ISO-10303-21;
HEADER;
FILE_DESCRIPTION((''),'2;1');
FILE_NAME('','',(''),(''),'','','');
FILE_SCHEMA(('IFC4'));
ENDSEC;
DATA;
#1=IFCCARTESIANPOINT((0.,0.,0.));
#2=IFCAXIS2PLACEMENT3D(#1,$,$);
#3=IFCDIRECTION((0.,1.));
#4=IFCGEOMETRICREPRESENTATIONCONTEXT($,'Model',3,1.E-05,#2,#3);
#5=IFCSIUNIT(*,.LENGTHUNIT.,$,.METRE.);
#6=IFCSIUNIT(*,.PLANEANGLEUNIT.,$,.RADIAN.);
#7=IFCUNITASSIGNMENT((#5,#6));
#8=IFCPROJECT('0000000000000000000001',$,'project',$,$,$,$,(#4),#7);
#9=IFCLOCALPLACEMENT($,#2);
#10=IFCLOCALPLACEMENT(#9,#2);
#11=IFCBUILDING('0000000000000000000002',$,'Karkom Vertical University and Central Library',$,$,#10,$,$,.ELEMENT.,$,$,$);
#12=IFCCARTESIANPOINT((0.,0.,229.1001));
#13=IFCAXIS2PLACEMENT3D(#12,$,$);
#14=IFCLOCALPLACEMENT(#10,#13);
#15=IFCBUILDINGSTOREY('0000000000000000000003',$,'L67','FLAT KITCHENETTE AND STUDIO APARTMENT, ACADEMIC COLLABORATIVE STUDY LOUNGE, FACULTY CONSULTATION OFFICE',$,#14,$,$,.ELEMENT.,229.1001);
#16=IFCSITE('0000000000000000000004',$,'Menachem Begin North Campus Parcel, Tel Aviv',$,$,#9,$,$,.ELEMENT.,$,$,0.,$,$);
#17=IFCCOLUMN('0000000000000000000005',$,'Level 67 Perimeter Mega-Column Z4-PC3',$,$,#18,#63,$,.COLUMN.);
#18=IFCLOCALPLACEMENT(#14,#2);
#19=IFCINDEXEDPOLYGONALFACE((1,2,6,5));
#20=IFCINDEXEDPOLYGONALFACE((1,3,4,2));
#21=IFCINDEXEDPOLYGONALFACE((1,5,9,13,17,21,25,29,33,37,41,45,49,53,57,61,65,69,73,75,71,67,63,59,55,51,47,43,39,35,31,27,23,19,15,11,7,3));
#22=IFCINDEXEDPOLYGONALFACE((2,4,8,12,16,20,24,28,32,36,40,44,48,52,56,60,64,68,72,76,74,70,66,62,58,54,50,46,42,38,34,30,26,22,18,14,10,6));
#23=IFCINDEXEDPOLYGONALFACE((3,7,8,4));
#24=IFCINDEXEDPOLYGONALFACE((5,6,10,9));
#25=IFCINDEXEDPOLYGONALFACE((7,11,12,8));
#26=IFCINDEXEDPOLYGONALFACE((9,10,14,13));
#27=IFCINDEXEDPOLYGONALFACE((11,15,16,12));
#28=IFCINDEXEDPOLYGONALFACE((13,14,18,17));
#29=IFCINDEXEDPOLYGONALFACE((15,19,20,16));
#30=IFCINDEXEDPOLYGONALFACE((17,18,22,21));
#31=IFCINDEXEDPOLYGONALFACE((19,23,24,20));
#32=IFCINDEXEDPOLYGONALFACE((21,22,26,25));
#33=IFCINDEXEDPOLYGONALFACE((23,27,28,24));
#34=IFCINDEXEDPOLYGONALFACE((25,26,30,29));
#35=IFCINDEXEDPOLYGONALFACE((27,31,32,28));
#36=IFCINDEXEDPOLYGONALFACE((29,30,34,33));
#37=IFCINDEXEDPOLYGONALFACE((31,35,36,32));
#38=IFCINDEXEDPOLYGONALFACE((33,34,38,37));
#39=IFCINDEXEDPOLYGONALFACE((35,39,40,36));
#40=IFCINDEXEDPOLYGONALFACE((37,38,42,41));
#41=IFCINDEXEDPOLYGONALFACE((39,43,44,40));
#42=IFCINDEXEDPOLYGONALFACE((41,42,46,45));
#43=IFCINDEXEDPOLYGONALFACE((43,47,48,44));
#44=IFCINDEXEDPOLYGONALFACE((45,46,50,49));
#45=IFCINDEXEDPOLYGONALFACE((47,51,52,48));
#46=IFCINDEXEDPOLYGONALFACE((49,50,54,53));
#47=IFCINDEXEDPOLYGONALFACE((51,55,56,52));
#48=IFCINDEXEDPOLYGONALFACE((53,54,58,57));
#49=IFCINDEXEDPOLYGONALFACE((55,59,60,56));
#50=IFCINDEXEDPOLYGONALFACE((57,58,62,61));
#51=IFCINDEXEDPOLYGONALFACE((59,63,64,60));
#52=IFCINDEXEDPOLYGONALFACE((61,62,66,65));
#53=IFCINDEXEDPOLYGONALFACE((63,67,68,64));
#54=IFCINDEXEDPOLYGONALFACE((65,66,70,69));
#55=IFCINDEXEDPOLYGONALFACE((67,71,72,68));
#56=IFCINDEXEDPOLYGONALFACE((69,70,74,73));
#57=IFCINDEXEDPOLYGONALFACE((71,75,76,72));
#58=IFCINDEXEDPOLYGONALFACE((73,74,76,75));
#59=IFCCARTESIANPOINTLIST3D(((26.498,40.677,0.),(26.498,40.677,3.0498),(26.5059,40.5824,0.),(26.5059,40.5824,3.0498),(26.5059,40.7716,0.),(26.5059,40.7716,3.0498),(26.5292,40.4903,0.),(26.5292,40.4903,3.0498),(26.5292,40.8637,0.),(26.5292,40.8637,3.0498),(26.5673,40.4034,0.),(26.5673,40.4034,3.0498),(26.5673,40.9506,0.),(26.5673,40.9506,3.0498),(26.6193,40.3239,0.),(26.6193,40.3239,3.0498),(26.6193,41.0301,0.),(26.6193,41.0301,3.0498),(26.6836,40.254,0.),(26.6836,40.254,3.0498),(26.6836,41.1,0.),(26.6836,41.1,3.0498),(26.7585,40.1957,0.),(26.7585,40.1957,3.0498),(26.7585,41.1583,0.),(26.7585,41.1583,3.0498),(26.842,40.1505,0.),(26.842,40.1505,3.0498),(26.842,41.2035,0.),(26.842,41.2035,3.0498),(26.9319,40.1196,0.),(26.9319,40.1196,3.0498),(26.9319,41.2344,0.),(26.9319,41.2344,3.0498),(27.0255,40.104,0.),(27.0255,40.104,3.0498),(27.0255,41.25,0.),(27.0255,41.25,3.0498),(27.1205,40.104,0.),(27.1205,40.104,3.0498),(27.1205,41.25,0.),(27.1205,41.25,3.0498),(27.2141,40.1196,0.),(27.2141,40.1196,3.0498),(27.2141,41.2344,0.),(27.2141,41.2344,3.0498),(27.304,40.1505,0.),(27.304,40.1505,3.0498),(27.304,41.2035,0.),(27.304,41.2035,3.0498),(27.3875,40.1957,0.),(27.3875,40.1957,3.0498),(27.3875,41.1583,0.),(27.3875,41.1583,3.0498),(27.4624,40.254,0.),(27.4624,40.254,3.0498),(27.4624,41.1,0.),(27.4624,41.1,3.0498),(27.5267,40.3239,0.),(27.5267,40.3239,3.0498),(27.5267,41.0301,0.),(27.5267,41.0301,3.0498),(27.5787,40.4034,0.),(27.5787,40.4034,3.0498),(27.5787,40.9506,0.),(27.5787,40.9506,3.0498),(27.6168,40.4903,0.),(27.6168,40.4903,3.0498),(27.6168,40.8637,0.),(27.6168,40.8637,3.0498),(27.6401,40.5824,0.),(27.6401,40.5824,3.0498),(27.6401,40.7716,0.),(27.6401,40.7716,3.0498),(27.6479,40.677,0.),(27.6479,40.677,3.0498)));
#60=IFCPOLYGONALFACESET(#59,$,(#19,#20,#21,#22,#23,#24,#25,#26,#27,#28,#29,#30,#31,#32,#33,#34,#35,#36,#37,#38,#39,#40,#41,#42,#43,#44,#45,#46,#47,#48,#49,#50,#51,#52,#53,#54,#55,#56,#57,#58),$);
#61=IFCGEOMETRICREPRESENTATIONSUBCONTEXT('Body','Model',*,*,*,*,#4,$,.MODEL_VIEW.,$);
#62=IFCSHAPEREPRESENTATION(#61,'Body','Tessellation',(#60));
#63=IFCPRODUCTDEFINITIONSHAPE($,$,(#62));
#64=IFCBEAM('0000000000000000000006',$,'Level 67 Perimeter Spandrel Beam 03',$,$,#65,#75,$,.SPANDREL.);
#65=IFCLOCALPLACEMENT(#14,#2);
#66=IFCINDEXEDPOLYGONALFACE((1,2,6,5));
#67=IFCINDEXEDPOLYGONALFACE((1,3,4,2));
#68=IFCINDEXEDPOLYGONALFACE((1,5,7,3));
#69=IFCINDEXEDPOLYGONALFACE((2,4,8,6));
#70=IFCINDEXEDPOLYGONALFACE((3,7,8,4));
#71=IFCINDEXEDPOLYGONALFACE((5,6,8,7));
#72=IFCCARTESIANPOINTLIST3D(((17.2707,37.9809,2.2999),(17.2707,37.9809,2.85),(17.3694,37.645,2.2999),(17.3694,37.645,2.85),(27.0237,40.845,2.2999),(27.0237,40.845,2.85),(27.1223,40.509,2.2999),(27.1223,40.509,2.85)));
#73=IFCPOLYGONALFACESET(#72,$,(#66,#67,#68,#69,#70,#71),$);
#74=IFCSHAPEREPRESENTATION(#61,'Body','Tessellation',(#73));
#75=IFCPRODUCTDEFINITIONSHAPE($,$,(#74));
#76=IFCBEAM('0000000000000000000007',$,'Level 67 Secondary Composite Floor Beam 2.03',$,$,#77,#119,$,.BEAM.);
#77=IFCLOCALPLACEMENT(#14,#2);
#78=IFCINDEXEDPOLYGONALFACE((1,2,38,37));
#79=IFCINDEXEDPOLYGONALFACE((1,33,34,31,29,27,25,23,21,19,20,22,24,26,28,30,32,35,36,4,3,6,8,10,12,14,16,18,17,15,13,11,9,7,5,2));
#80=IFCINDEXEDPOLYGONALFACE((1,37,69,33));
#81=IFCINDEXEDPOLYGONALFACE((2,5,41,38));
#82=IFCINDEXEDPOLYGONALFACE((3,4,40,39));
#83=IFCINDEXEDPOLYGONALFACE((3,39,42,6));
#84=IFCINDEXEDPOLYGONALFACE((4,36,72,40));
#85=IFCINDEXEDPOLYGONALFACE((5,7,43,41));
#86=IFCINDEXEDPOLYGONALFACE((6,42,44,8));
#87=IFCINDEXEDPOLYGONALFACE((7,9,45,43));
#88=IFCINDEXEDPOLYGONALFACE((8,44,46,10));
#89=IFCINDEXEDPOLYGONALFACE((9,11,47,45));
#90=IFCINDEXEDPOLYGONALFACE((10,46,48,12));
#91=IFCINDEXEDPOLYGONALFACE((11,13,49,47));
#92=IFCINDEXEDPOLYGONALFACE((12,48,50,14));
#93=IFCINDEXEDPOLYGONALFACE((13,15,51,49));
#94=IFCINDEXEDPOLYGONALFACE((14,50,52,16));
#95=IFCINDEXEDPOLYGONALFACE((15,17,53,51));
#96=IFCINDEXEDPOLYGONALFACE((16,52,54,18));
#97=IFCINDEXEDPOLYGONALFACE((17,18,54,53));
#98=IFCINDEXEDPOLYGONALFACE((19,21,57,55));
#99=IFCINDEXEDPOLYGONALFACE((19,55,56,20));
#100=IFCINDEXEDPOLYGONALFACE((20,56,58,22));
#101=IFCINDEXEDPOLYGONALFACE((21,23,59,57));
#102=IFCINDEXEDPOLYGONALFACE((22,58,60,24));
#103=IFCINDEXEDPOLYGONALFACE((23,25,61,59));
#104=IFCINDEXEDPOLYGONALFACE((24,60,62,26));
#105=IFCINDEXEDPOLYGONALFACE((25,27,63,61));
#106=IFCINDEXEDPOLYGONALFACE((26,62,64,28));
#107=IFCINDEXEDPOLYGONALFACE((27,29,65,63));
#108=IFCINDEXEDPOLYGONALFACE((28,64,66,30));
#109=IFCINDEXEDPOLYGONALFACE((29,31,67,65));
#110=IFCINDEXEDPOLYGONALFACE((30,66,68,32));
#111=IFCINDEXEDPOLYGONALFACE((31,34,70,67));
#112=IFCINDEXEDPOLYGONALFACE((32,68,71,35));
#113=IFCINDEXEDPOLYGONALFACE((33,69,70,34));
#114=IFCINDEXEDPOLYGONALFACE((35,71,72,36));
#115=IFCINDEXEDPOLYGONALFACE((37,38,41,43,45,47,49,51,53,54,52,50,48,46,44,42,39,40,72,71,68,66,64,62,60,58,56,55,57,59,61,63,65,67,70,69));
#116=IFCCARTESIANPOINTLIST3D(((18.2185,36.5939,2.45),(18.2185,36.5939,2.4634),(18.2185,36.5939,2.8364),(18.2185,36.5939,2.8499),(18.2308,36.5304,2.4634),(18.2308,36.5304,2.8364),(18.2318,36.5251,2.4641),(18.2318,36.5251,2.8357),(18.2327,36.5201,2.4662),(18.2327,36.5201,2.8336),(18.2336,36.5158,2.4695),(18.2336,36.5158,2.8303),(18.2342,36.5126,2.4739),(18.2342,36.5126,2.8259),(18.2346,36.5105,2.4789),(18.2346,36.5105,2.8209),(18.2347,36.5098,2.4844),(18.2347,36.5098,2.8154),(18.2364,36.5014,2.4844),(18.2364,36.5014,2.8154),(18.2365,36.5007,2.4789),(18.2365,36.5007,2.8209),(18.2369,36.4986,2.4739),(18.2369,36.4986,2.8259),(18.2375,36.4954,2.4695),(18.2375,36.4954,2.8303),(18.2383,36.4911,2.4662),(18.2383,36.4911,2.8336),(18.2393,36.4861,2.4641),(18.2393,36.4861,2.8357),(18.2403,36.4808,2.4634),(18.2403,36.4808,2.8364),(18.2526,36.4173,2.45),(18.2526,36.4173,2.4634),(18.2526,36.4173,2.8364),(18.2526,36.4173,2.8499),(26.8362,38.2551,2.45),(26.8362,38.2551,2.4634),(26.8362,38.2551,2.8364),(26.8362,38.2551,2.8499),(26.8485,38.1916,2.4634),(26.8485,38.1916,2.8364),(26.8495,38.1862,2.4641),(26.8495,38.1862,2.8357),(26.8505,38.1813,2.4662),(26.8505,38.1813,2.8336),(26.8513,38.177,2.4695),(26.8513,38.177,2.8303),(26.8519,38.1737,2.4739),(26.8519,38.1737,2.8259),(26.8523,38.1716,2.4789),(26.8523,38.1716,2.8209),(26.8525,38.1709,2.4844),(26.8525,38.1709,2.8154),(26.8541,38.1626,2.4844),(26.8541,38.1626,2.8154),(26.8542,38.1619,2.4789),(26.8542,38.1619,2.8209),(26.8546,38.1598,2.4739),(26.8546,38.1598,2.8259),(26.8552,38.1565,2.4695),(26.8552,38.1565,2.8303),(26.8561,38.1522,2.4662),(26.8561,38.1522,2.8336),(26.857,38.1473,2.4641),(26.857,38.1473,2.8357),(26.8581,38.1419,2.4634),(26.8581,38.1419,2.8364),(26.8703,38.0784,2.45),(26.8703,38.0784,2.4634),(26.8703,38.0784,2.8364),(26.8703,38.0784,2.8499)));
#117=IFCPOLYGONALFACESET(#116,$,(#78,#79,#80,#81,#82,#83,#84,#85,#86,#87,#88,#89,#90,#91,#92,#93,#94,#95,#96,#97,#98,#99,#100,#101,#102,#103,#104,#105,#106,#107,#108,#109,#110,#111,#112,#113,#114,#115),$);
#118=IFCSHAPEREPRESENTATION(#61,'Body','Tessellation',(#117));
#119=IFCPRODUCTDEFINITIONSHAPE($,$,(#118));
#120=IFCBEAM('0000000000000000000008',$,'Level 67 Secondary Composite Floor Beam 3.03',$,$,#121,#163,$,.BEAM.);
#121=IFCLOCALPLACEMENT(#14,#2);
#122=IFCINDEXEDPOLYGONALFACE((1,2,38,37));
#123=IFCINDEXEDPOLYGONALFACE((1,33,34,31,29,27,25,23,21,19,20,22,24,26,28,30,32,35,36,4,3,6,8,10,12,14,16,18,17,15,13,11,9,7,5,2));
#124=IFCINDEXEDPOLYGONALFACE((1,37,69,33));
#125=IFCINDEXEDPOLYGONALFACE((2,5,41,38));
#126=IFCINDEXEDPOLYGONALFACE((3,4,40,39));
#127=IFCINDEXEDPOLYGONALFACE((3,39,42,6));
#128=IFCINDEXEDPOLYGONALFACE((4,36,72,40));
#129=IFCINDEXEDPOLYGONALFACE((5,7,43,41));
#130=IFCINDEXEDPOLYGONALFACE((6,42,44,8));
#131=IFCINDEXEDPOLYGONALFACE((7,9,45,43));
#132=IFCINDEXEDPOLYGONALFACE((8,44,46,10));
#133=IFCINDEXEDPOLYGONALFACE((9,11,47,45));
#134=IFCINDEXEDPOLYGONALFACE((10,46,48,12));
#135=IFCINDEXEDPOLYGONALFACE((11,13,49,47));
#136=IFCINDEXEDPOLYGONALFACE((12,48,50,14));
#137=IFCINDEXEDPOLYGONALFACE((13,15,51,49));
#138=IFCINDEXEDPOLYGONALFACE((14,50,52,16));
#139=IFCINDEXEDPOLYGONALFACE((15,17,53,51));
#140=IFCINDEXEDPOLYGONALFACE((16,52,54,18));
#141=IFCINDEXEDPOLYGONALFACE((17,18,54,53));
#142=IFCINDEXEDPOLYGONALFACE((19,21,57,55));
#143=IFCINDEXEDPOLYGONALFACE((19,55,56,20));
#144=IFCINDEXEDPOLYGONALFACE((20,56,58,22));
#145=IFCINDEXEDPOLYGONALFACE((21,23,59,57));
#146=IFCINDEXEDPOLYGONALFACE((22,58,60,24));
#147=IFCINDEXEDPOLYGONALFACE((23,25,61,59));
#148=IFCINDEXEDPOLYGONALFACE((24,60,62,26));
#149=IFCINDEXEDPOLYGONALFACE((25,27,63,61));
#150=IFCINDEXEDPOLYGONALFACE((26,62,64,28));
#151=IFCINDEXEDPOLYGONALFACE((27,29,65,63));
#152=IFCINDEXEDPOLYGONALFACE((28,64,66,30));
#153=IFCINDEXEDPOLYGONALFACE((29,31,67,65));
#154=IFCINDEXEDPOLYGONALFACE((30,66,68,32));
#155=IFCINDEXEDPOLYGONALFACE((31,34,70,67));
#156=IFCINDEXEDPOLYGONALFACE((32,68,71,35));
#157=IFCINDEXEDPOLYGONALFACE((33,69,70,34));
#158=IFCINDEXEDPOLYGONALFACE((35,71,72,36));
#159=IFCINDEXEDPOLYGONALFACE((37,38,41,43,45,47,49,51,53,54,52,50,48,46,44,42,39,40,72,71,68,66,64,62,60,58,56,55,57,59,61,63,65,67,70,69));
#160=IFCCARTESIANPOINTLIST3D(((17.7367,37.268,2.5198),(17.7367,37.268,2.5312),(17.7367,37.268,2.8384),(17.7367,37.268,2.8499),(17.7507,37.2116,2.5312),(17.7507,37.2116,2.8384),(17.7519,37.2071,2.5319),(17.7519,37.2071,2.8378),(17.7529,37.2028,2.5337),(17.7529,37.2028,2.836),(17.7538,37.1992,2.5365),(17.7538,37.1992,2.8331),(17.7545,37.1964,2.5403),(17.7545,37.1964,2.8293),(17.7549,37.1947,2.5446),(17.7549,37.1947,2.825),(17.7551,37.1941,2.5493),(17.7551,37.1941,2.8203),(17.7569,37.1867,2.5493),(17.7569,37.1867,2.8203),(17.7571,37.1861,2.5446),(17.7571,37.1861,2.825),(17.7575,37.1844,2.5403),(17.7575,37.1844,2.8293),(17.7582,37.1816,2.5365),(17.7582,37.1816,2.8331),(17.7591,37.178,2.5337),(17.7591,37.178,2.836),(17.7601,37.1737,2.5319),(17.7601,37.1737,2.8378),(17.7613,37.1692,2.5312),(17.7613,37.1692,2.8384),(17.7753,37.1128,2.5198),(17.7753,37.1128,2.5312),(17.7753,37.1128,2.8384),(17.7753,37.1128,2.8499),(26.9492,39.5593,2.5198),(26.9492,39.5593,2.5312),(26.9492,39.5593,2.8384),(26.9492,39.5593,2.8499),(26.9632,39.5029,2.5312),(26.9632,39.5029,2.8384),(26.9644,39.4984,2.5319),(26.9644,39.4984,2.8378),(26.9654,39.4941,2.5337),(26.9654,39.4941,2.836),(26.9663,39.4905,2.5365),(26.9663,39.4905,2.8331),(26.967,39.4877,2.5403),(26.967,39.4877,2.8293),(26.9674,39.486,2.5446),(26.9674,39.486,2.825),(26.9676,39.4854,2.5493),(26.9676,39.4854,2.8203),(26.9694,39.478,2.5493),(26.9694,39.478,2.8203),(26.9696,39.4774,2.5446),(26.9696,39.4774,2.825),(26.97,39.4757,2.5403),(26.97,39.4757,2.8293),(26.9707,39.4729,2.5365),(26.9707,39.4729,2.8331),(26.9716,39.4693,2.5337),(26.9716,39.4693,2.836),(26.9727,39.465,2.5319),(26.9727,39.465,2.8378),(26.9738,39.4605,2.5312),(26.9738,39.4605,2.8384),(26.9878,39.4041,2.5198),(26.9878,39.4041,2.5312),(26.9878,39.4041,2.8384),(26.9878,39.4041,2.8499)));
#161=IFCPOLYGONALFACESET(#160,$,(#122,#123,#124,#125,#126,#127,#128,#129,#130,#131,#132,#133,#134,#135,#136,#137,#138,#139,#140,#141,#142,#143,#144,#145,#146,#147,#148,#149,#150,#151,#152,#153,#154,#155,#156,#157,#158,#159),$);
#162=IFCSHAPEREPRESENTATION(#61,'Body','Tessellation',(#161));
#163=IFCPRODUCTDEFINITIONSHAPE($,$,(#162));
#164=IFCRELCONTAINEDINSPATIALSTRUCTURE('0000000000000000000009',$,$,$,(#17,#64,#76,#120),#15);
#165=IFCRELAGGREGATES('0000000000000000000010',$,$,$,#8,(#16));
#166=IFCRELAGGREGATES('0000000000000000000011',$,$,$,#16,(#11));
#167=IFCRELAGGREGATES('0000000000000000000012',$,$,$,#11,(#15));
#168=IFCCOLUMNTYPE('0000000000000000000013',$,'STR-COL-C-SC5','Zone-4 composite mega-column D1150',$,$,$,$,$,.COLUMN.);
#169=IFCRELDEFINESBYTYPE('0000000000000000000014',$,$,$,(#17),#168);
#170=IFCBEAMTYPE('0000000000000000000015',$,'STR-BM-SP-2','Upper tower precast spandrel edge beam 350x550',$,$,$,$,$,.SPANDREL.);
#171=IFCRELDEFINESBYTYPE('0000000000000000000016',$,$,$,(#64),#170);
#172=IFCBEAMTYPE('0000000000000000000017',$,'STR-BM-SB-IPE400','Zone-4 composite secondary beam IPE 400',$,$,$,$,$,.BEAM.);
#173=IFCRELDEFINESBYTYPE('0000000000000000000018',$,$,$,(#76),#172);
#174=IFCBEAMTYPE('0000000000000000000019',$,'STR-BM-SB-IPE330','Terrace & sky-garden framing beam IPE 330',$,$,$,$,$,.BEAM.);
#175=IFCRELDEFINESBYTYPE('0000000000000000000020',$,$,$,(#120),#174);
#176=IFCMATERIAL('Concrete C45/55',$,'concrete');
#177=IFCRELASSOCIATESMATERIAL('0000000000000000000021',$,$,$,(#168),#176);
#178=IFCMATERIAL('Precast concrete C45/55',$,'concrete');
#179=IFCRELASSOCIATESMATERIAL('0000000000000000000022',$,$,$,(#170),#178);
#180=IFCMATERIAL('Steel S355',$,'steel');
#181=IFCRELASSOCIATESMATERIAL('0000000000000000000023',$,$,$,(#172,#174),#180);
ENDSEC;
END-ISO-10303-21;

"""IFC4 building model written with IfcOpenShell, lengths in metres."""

from ifc_helpers import new_model, si_unit, direction, frame, origin, origin_with_axes, origin_2d, place, context, subcontext, project, spatial, rectangle, circle, i_section, extrude, source, transform, mapped, material, material_profile, profile_set, type_object, element, save


model = new_model("IFC4")

# Units and contexts
model_context = context("Model", 3, precision=1e-05, world=origin(), true_north=direction((0.0, 1.0)))
body_context = subcontext(model_context, "Body", "Model", "MODEL_VIEW")
ifc_project = project(units=[si_unit("LENGTHUNIT", "METRE"), si_unit("PLANEANGLEUNIT", "RADIAN")], contexts=[model_context])

# Site, building, storey
site_placement = place(None, origin())
site = spatial("IfcSite", under=ifc_project, at=site_placement, Name="Menachem Begin North Campus Parcel, Tel Aviv", CompositionType="ELEMENT", RefElevation=0.0)
building_placement = place(site_placement, origin())
building = spatial("IfcBuilding", under=site, at=building_placement, Name="Karkom Vertical University and Central Library", CompositionType="ELEMENT")
storey_placement = place(building_placement, frame((0.0, 0.0, 229.1001)))
storey = spatial("IfcBuildingStorey", under=building, at=storey_placement, Name="L67", Description="FLAT KITCHENETTE AND STUDIO APARTMENT, ACADEMIC COLLABORATIVE STUDY LOUNGE, FACULTY CONSULTATION OFFICE", CompositionType="ELEMENT", Elevation=229.1001)

# Column
ifc_material_1 = material(Name="Concrete C45/55", Category="concrete")
ifc_material_profile_1 = material_profile(ifc_material_1, circle(Radius=0.575, at=origin_2d()), Name="CFT-D1150")
ifc_profile_set_1 = profile_set([ifc_material_profile_1], Name="Concrete C45/55")
column_type = type_object("IfcColumnType", Name="STR-COL-C-SC5", Description="Zone-4 composite mega-column D1150", PredefinedType="COLUMN", material=ifc_profile_set_1)
shared_shape_1 = source(origin_with_axes(), body_context, "Body", "SweptSolid", [
    extrude(circle(Radius=0.575, at=origin_2d()), origin(), (0.0, 0.0, 1.0), 3.0498),
])
column_placement = place(storey_placement, frame((27.073, 40.677, 0.0), z_axis=(0.0, 0.0, 1.0), x_axis=(1.0, 0.0, 0.0)))
element("IfcColumn", 1, at=column_placement, inside=storey, type_object=column_type, Name="Level 67 Perimeter Mega-Column Z4-PC3", PredefinedType="COLUMN", context=body_context, shape_type="MappedRepresentation", body=[
    mapped(shared_shape_1, transform((0.0, 0.0, 0.0), scale=1.0)),
])

# Beams
ifc_material_2 = material(Name="Precast concrete C45/55", Category="concrete")
ifc_material_profile_2 = material_profile(ifc_material_2, rectangle(XDim=0.3501, YDim=0.55, at=origin_2d()), Name="SPB-350x550")
ifc_profile_set_2 = profile_set([ifc_material_profile_2], Name="Precast concrete C45/55")
beam_type_1 = type_object("IfcBeamType", Name="STR-BM-SP-2", Description="Upper tower precast spandrel edge beam 350x550", PredefinedType="SPANDREL", material=ifc_profile_set_2)
shared_shape_2 = source(origin_with_axes(), body_context, "Body", "SweptSolid", [
    extrude(rectangle(XDim=0.3501, YDim=0.55, at=origin_2d()), origin(), (0.0, 0.0, 1.0), 10.1648),
])
beam_1_placement = place(storey_placement, frame((27.073, 40.677, 2.575), z_axis=(-0.959485, -0.281759, 0.0), x_axis=(0.281759, -0.959485, 0.0)))
element("IfcBeam", 2, at=beam_1_placement, inside=storey, type_object=beam_type_1, Name="Level 67 Perimeter Spandrel Beam 03", PredefinedType="SPANDREL", context=body_context, shape_type="MappedRepresentation", body=[
    mapped(shared_shape_2, transform((0.0, 0.0, 0.0), scale=1.0)),
])
ifc_material_3 = material(Name="Steel S355", Category="steel")
ifc_material_profile_3 = material_profile(ifc_material_3, i_section(OverallWidth=0.1799, OverallDepth=0.3999, WebThickness=0.0085, FlangeThickness=0.0134, FilletRadius=0.021, at=origin_2d()), Name="IPE 400")
ifc_profile_set_3 = profile_set([ifc_material_profile_3], Name="Steel S355")
beam_type_2 = type_object("IfcBeamType", Name="STR-BM-SB-IPE400", Description="Zone-4 composite secondary beam IPE 400", PredefinedType="BEAM", material=ifc_profile_set_3)
shared_shape_3 = source(origin_with_axes(), body_context, "Body", "SweptSolid", [
    extrude(i_section(OverallWidth=0.1799, OverallDepth=0.3999, WebThickness=0.0085, FlangeThickness=0.0134, FilletRadius=0.021, at=origin_2d()), origin(), (0.0, 0.0, 1.0), 8.7764),
])
beam_2_placement = place(storey_placement, frame((26.8533, 38.1667, 2.6499), z_axis=(-0.981924, -0.189275, 0.0), x_axis=(0.189275, -0.981924, 0.0)))
element("IfcBeam", 3, at=beam_2_placement, inside=storey, type_object=beam_type_2, Name="Level 67 Secondary Composite Floor Beam 2.03", PredefinedType="BEAM", context=body_context, shape_type="MappedRepresentation", body=[
    mapped(shared_shape_3, transform((0.0, 0.0, 0.0), scale=1.0)),
])
ifc_material_profile_4 = material_profile(ifc_material_3, i_section(OverallWidth=0.1599, OverallDepth=0.3301, WebThickness=0.0076, FlangeThickness=0.0115, FilletRadius=0.0181, at=origin_2d()), Name="IPE 330")
ifc_profile_set_4 = profile_set([ifc_material_profile_4], Name="Steel S355")
beam_type_3 = type_object("IfcBeamType", Name="STR-BM-SB-IPE330", Description="Terrace & sky-garden framing beam IPE 330", PredefinedType="BEAM", material=ifc_profile_set_4)
shared_shape_4 = source(origin_with_axes(), body_context, "Body", "SweptSolid", [
    extrude(i_section(OverallWidth=0.1599, OverallDepth=0.3301, WebThickness=0.0076, FlangeThickness=0.0115, FilletRadius=0.0181, at=origin_2d()), origin(), (0.0, 0.0, 1.0), 9.4932),
])
beam_3_placement = place(storey_placement, frame((26.9685, 39.4817, 2.6848), z_axis=(-0.970435, -0.241362, 0.0), x_axis=(0.241362, -0.970435, 0.0)))
element("IfcBeam", 4, at=beam_3_placement, inside=storey, type_object=beam_type_3, Name="Level 67 Secondary Composite Floor Beam 3.03", PredefinedType="BEAM", context=body_context, shape_type="MappedRepresentation", body=[
    mapped(shared_shape_4, transform((0.0, 0.0, 0.0), scale=1.0)),
])

save(model, "model.ifc")
